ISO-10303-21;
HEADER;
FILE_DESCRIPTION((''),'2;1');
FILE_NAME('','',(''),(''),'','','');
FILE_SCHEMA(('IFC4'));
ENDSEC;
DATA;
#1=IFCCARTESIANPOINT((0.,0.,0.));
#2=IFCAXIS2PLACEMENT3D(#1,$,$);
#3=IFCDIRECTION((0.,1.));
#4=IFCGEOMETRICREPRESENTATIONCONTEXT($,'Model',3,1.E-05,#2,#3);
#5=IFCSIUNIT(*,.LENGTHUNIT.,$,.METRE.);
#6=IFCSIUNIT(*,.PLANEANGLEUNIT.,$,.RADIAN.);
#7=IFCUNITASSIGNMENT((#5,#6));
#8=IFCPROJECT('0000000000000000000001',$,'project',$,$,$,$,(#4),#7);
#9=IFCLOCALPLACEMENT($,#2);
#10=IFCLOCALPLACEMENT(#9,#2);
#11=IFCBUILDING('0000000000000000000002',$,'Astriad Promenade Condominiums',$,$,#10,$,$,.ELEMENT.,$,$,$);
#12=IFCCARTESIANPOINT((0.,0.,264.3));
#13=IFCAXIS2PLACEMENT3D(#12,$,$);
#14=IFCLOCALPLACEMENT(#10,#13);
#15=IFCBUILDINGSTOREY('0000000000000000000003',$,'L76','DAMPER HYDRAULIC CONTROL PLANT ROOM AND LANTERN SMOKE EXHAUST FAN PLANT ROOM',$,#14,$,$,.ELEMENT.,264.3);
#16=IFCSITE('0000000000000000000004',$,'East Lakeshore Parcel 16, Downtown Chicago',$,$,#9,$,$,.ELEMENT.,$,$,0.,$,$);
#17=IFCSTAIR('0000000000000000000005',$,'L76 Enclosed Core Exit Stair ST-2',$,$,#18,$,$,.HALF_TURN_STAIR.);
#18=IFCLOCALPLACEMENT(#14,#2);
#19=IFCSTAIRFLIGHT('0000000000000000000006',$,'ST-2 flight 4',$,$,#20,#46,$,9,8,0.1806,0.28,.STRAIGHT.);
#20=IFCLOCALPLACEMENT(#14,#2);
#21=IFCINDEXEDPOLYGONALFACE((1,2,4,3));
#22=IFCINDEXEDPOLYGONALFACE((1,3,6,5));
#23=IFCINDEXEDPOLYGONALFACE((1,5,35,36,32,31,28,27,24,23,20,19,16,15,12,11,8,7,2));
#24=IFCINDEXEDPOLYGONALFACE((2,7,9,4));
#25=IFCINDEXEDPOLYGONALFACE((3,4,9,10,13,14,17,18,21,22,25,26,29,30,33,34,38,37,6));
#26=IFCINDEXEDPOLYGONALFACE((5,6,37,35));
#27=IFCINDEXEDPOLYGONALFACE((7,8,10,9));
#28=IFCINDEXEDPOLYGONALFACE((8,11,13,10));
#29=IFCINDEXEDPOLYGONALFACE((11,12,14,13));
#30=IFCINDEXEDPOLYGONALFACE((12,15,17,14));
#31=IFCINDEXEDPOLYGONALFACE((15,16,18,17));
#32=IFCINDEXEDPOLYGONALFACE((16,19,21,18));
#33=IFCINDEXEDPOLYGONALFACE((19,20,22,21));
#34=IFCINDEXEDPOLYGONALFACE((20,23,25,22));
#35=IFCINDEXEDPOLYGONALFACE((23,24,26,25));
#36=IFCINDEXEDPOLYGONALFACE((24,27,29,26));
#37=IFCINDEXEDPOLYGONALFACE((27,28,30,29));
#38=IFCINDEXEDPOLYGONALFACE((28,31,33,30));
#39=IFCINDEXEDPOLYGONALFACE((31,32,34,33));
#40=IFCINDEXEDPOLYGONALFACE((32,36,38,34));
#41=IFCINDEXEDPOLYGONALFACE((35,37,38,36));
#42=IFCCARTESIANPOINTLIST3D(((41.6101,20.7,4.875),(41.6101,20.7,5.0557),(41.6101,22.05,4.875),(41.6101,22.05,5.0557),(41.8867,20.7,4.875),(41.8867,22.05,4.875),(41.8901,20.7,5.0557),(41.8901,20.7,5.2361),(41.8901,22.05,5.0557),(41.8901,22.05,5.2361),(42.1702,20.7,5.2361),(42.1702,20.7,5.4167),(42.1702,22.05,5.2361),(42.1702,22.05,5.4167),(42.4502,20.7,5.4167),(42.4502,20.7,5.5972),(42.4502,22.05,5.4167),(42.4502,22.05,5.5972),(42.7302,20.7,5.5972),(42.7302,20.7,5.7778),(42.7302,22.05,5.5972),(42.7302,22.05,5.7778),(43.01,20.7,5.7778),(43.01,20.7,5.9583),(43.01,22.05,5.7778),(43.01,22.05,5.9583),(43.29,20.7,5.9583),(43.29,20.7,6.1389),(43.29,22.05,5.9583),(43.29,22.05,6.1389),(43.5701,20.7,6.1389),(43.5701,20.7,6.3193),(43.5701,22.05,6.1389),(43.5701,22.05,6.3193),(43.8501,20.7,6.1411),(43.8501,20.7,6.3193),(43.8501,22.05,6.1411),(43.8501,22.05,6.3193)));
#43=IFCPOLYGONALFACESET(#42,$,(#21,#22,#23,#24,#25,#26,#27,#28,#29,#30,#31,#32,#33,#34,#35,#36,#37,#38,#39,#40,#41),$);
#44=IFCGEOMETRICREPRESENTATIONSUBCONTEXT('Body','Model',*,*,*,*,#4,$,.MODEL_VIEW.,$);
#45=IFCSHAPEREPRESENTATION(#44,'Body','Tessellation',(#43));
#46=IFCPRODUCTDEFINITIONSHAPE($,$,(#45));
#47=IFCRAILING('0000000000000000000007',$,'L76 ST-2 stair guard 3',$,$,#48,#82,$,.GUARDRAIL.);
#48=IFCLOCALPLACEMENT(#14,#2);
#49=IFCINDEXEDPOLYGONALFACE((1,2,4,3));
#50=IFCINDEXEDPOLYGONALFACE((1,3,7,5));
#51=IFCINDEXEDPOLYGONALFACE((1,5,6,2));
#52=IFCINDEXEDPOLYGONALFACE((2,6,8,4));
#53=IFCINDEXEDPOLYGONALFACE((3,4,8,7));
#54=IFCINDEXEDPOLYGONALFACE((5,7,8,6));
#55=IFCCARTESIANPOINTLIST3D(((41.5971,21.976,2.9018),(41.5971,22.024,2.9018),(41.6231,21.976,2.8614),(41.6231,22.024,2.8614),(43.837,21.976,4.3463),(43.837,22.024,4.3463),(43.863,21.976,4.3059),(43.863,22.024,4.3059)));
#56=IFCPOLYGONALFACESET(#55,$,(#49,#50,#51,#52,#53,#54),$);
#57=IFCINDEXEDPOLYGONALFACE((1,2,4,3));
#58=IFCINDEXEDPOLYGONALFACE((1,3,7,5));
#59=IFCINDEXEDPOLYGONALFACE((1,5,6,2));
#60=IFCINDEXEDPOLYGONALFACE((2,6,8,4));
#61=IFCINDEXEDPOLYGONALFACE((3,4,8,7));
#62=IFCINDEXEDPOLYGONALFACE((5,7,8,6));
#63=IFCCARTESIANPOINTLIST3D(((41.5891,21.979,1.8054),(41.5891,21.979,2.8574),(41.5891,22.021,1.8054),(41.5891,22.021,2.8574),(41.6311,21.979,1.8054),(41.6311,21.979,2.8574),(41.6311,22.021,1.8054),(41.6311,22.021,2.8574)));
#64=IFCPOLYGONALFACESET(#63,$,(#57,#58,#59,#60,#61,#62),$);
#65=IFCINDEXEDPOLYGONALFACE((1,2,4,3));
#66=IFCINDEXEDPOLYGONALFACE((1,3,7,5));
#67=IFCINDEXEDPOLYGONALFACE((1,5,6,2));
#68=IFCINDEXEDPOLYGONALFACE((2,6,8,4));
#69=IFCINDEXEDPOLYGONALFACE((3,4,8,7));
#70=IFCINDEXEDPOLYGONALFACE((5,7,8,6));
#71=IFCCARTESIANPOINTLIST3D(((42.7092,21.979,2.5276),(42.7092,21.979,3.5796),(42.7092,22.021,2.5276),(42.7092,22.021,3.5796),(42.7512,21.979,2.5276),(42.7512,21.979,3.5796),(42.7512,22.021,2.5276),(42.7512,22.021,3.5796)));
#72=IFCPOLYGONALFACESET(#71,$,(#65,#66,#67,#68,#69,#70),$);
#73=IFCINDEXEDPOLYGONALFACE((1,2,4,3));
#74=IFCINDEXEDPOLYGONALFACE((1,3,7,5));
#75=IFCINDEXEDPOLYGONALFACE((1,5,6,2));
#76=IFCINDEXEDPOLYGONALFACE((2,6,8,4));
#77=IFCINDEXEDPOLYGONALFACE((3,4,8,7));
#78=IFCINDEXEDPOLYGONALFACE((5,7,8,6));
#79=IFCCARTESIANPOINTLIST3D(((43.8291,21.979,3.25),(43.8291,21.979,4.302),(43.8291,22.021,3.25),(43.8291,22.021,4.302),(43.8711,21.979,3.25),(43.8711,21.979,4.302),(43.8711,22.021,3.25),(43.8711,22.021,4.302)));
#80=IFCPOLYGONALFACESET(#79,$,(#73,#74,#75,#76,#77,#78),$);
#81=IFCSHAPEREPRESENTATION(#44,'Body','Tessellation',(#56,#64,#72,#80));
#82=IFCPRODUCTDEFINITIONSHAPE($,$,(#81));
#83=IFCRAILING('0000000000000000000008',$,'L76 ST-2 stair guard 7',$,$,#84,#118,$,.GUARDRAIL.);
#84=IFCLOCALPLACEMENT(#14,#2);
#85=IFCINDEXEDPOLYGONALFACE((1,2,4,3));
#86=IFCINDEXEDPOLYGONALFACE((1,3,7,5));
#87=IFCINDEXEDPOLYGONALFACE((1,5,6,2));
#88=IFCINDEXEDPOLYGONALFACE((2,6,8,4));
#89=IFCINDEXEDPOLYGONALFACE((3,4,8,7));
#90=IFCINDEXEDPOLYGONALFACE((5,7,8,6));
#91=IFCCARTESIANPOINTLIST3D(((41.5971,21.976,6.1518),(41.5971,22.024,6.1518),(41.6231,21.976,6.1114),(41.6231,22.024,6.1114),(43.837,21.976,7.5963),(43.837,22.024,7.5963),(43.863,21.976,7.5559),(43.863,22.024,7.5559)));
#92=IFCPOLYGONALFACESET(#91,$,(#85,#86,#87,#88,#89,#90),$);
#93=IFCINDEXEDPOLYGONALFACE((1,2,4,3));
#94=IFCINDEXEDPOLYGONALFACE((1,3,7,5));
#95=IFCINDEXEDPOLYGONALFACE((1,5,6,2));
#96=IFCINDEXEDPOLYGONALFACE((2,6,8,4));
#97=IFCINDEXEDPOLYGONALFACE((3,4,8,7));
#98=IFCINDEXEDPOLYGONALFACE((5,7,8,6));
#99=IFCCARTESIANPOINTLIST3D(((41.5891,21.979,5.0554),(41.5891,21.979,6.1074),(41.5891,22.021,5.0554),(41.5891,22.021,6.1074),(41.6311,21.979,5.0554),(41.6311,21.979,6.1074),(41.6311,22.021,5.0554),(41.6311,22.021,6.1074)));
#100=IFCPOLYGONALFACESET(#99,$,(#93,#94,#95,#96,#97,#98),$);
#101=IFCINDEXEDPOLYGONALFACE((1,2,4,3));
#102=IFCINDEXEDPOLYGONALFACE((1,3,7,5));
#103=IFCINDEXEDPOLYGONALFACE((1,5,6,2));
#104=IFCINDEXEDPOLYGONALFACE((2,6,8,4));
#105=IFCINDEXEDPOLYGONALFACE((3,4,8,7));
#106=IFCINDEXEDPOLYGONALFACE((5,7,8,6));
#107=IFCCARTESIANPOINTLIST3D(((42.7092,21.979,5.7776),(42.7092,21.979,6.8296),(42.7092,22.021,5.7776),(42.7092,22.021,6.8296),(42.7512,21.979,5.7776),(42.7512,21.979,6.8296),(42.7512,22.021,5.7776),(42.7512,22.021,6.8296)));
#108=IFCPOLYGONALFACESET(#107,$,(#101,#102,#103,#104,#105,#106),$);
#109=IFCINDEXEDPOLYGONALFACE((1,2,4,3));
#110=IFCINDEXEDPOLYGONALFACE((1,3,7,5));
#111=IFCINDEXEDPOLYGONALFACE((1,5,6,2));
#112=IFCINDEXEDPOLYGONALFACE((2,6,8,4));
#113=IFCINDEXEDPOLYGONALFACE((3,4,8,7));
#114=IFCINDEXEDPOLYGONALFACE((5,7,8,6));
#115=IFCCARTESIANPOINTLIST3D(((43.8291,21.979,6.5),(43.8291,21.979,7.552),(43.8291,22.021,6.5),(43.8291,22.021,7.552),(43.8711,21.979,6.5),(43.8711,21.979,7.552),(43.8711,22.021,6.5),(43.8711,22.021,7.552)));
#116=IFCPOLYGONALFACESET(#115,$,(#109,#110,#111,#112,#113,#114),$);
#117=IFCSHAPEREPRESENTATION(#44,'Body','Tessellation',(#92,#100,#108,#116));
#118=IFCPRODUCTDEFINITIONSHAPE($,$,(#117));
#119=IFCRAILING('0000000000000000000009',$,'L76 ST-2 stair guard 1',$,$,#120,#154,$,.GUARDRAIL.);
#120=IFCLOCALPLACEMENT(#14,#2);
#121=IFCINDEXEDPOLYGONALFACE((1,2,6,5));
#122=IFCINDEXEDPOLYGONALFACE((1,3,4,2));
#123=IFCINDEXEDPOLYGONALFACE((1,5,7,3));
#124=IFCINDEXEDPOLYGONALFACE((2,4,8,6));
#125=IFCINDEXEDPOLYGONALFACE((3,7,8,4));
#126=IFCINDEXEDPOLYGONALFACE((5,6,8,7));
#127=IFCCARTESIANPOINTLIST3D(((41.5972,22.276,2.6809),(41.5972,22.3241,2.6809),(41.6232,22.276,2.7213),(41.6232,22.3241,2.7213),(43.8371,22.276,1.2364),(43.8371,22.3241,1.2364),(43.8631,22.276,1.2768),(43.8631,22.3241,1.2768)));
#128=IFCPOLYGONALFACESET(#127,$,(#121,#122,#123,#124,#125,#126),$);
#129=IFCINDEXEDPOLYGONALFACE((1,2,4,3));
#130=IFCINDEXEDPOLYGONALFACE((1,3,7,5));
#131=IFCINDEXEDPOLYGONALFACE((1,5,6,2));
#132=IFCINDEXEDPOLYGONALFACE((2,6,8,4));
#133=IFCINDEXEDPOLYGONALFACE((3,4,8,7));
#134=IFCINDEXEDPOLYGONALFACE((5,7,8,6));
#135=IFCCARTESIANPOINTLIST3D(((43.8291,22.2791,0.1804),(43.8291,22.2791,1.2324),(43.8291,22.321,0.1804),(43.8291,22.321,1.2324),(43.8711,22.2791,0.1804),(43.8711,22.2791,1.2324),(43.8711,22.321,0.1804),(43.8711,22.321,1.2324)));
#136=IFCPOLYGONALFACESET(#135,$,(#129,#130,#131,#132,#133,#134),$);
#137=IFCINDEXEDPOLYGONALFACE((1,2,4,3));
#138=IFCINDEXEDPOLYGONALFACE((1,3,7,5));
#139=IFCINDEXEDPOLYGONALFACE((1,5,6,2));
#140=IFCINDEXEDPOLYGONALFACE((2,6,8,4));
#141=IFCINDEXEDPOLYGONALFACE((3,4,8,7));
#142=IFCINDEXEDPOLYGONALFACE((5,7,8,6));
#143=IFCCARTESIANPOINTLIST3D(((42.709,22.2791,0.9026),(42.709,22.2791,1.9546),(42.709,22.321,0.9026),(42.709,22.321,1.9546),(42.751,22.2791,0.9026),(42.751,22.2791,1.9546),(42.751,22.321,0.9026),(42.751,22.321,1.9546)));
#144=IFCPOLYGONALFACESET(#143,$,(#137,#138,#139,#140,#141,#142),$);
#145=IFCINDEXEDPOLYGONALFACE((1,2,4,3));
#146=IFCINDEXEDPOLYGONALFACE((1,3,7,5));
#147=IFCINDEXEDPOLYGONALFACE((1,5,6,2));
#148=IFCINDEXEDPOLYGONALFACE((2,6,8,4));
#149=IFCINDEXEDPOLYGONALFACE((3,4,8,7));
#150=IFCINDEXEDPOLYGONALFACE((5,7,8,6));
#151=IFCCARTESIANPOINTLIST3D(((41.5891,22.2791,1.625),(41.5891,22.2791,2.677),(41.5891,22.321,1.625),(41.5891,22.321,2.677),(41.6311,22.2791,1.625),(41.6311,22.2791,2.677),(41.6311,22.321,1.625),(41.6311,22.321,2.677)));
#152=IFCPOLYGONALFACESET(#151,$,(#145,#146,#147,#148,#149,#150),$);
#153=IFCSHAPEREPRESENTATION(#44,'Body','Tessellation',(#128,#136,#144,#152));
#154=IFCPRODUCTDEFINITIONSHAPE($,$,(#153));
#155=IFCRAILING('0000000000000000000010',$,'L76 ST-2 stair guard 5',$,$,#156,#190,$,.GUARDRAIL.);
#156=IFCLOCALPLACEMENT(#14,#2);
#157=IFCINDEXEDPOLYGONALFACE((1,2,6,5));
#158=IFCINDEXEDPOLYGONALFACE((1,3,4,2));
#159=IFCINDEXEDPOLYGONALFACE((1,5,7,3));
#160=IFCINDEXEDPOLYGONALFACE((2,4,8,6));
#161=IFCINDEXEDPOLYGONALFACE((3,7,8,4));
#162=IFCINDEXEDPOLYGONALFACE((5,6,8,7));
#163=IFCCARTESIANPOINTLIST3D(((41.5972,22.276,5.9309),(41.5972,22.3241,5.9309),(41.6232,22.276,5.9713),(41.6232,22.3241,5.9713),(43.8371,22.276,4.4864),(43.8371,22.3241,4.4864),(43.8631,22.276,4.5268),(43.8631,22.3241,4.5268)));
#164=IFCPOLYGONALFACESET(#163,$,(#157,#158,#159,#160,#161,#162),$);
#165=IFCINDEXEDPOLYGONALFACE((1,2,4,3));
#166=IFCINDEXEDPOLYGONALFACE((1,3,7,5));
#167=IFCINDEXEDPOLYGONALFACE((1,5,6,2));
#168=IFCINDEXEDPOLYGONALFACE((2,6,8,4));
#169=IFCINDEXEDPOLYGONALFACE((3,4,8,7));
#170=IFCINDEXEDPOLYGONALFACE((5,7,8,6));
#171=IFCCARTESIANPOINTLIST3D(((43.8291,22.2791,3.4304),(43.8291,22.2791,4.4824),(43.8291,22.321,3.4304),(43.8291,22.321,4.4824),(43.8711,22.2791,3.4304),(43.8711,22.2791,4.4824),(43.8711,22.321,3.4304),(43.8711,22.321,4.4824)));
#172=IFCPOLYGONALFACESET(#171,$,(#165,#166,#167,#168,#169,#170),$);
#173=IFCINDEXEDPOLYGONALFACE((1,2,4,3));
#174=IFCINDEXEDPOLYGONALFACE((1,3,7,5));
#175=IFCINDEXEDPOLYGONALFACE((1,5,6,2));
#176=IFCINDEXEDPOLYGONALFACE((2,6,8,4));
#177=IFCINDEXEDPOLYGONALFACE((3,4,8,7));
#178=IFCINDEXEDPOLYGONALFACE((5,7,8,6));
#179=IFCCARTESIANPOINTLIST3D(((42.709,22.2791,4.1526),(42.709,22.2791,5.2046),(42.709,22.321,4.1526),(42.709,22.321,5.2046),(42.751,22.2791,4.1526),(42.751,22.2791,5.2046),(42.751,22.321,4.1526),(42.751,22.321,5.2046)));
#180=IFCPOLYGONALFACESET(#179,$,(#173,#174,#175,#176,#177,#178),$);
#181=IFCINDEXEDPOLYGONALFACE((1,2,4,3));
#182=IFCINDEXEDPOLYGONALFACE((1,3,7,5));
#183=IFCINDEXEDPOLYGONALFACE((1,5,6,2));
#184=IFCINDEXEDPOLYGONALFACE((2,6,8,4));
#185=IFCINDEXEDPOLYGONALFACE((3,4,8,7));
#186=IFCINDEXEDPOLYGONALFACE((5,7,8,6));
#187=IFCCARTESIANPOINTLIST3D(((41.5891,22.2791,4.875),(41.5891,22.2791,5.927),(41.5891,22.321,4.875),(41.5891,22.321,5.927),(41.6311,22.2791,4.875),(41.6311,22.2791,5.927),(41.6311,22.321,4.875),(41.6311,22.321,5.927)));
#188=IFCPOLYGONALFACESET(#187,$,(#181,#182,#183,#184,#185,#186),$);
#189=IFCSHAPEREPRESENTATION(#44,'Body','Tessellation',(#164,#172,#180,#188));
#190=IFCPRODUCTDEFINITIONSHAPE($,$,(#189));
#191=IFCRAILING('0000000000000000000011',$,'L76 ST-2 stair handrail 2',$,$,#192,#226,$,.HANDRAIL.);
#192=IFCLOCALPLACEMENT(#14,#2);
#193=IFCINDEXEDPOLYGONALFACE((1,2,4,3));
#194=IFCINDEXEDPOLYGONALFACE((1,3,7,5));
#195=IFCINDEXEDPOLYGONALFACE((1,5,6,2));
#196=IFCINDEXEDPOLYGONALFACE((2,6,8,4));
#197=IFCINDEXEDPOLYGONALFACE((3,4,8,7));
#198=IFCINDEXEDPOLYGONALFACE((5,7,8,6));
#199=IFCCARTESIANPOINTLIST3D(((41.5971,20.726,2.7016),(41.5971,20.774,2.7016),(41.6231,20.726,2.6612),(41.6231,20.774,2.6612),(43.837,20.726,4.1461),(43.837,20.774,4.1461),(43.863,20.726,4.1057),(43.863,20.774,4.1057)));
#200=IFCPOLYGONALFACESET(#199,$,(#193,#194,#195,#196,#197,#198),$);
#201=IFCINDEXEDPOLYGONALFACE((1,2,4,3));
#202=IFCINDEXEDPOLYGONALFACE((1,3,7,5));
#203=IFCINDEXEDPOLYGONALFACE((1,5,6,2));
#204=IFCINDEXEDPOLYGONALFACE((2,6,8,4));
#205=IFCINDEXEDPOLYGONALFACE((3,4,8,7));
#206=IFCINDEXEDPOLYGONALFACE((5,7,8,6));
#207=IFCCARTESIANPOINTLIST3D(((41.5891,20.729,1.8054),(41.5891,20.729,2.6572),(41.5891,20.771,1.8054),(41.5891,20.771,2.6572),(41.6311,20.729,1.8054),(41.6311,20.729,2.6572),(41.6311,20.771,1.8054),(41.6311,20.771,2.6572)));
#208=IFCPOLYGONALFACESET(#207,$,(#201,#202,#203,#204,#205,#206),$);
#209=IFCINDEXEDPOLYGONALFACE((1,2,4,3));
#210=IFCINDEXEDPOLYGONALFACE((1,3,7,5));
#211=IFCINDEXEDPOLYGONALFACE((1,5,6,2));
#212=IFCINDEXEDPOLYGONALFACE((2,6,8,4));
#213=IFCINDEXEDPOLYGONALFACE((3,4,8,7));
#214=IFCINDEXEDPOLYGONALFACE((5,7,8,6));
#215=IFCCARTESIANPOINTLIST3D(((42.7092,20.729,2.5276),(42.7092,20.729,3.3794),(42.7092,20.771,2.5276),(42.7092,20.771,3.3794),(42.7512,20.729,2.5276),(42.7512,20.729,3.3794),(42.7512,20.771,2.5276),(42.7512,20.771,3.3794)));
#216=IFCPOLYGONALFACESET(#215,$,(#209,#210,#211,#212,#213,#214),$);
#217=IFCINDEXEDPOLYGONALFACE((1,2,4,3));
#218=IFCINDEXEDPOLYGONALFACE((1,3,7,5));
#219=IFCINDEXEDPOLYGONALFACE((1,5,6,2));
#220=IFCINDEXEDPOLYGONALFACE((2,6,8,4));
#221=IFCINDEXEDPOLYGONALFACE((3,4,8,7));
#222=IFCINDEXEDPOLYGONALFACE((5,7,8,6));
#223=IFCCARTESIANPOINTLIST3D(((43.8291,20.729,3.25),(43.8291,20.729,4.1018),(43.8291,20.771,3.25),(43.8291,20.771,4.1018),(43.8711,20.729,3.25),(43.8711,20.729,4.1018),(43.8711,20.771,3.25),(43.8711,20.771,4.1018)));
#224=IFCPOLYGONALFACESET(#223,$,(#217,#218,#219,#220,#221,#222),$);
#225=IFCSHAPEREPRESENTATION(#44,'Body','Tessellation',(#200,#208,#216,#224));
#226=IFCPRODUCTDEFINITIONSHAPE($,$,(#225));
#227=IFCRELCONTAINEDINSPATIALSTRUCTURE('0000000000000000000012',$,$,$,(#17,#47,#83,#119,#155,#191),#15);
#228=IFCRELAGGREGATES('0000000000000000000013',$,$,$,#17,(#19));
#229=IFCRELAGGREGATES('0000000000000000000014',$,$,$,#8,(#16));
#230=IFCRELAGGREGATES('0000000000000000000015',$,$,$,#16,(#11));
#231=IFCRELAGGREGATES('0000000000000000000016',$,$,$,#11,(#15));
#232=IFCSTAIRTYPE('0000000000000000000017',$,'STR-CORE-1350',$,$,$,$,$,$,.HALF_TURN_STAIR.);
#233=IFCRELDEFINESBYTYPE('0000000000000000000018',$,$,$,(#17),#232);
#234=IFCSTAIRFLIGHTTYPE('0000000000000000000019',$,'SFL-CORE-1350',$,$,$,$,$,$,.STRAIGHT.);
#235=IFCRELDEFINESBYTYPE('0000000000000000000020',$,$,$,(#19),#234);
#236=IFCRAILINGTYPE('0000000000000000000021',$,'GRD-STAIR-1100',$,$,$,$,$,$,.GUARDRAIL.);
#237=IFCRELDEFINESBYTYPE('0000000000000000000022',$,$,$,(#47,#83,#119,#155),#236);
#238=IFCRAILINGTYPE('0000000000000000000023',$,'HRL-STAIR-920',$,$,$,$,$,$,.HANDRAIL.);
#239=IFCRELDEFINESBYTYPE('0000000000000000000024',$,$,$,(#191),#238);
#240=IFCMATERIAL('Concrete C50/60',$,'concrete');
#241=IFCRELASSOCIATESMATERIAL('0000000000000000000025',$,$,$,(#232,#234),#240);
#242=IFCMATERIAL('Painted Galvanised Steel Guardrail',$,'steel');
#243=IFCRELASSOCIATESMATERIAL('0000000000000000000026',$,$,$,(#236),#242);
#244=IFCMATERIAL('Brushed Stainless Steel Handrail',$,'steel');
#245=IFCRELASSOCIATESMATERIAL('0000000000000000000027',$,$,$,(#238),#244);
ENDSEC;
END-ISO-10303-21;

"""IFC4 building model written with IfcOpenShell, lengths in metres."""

from ifc_helpers import new_model, si_unit, direction, frame, origin, origin_2d, place, context, subcontext, project, spatial, polyline, rectangle, outline, extrude, source, transform, mapped, material, type_object, type_shapes, element, aggregate, save


model = new_model("IFC4")

# Units and contexts
model_context = context("Model", 3, precision=1e-05, world=origin(), true_north=direction((0.0, 1.0)))
body_context = subcontext(model_context, "Body", "Model", "MODEL_VIEW")
ifc_project = project(units=[si_unit("LENGTHUNIT", "METRE"), si_unit("PLANEANGLEUNIT", "RADIAN")], contexts=[model_context])

# Site, building, storey
site_placement = place(None, origin())
site = spatial("IfcSite", under=ifc_project, at=site_placement, Name="East Lakeshore Parcel 16, Downtown Chicago", CompositionType="ELEMENT", RefElevation=0.0)
building_placement = place(site_placement, origin())
building = spatial("IfcBuilding", under=site, at=building_placement, Name="Astriad Promenade Condominiums", CompositionType="ELEMENT")
storey_placement = place(building_placement, frame((0.0, 0.0, 264.3)))
storey = spatial("IfcBuildingStorey", under=building, at=storey_placement, Name="L76", Description="DAMPER HYDRAULIC CONTROL PLANT ROOM AND LANTERN SMOKE EXHAUST FAN PLANT ROOM", CompositionType="ELEMENT", Elevation=264.3)

# Stair, stair flight
ifc_material_1 = material(Name="Concrete C50/60", Category="concrete")
stair_type = type_object("IfcStairType", Name="STR-CORE-1350", PredefinedType="HALF_TURN_STAIR", material=ifc_material_1)
stair_placement = place(storey_placement, origin())
stair = element("IfcStair", 1, at=stair_placement, inside=storey, type_object=stair_type, Name="L76 Enclosed Core Exit Stair ST-2", PredefinedType="HALF_TURN_STAIR")
stair_flight_type = type_object("IfcStairFlightType", Name="SFL-CORE-1350", PredefinedType="STRAIGHT", material=ifc_material_1)
shared_shape_1 = source(origin(), body_context, "Body", "SweptSolid", [
    extrude(outline(polyline([(0.0, 0.0), (0.0, 0.1807), (0.28, 0.1807), (0.28, 0.3611), (0.5601, 0.3611), (0.5601, 0.5417), (0.8401, 0.5417), (0.8401, 0.7222), (1.1201, 0.7222), (1.1201, 0.9028), (1.3999, 0.9028), (1.3999, 1.0833), (1.6799, 1.0833), (1.6799, 1.2639), (1.96, 1.2639), (1.96, 1.4443), (2.24, 1.4443), (2.24, 1.625), (2.24, 1.2661), (0.2766, 0.0), (0.0, 0.0)])), frame((0.0, 0.675, 0.0), z_axis=(0.0, -1.0, 0.0), x_axis=(1.0, 0.0, 0.0)), (0.0, 0.0, 1.0), 1.3501),
])
type_shapes(stair_flight_type, [shared_shape_1])
stair_flight_1_placement = place(storey_placement, frame((41.6101, 21.375, 4.875), z_axis=(0.0, 0.0, 1.0), x_axis=(1.0, 0.0, 0.0)))
stair_flight_1 = element("IfcStairFlight", 2, at=stair_flight_1_placement, type_object=stair_flight_type, Name="ST-2 flight 4", NumberOfRisers=9, NumberOfTreads=8, PredefinedType="STRAIGHT", RiserHeight=0.1806, TreadLength=0.28, context=body_context, shape_type="MappedRepresentation", body=[
    mapped(shared_shape_1, transform((0.0, 0.0, 0.0), scale=1.0)),
])
aggregate(stair, [stair_flight_1])

# Railings
ifc_material_2 = material(Name="Painted Galvanised Steel Guardrail", Category="steel")
railing_type_1 = type_object("IfcRailingType", Name="GRD-STAIR-1100", PredefinedType="GUARDRAIL", material=ifc_material_2)
shared_shape_2 = source(origin(), body_context, "Body", "SweptSolid", [
    extrude(rectangle(XDim=0.0481, YDim=0.0481, at=origin_2d()), frame((0.0, 0.0, 1.0762), z_axis=(0.840395, 0.0, 0.541975), x_axis=(0.0, 1.0, 0.0)), (0.0, 0.0, 1.0), 2.6653),
    extrude(rectangle(XDim=0.042, YDim=0.042, at=origin_2d()), origin(), (0.0, 0.0, 1.0), 1.052),
    extrude(rectangle(XDim=0.042, YDim=0.042, at=origin_2d()), frame((1.1201, 0.0, 0.7222)), (0.0, 0.0, 1.0), 1.052),
    extrude(rectangle(XDim=0.042, YDim=0.042, at=origin_2d()), frame((2.24, 0.0, 1.4446)), (0.0, 0.0, 1.0), 1.052),
])
for number, where, name in (
    (3, (41.6101, 22.0, 1.8054), "L76 ST-2 stair guard 3"),
    (4, (41.6101, 22.0, 5.0554), "L76 ST-2 stair guard 7"),
):
    element("IfcRailing", number, at=place(storey_placement, frame(where)), inside=storey, type_object=railing_type_1, Name=name, PredefinedType="GUARDRAIL", context=body_context, shape_type="MappedRepresentation", body=[
        mapped(shared_shape_2, transform((0.0, 0.0, 0.0), scale=1.0)),
    ])
shared_shape_3 = source(origin(), body_context, "Body", "SweptSolid", [
    extrude(rectangle(XDim=0.0481, YDim=0.0481, at=origin_2d()), frame((0.0, 0.0, 1.0762), z_axis=(-0.840395, 0.0, 0.541975), x_axis=(0.0, -1.0, 0.0)), (0.0, 0.0, 1.0), 2.6653),
    extrude(rectangle(XDim=0.042, YDim=0.042, at=origin_2d()), origin(), (0.0, 0.0, 1.0), 1.052),
    extrude(rectangle(XDim=0.042, YDim=0.042, at=origin_2d()), frame((-1.1201, 0.0, 0.7222)), (0.0, 0.0, 1.0), 1.052),
    extrude(rectangle(XDim=0.042, YDim=0.042, at=origin_2d()), frame((-2.24, 0.0, 1.4446)), (0.0, 0.0, 1.0), 1.052),
])
for number, where, name in (
    (5, (43.8501, 22.3, 0.1804), "L76 ST-2 stair guard 1"),
    (6, (43.8501, 22.3, 3.4304), "L76 ST-2 stair guard 5"),
):
    element("IfcRailing", number, at=place(storey_placement, frame(where)), inside=storey, type_object=railing_type_1, Name=name, PredefinedType="GUARDRAIL", context=body_context, shape_type="MappedRepresentation", body=[
        mapped(shared_shape_3, transform((0.0, 0.0, 0.0), scale=1.0)),
    ])
ifc_material_3 = material(Name="Brushed Stainless Steel Handrail", Category="steel")
railing_type_2 = type_object("IfcRailingType", Name="HRL-STAIR-920", PredefinedType="HANDRAIL", material=ifc_material_3)
shared_shape_4 = source(origin(), body_context, "Body", "SweptSolid", [
    extrude(rectangle(XDim=0.0481, YDim=0.0481, at=origin_2d()), frame((0.0, 0.0, 0.876), z_axis=(0.840395, 0.0, 0.541975), x_axis=(0.0, 1.0, 0.0)), (0.0, 0.0, 1.0), 2.6653),
    extrude(rectangle(XDim=0.042, YDim=0.042, at=origin_2d()), origin(), (0.0, 0.0, 1.0), 0.8518),
    extrude(rectangle(XDim=0.042, YDim=0.042, at=origin_2d()), frame((1.1201, 0.0, 0.7222)), (0.0, 0.0, 1.0), 0.8518),
    extrude(rectangle(XDim=0.042, YDim=0.042, at=origin_2d()), frame((2.24, 0.0, 1.4446)), (0.0, 0.0, 1.0), 0.8518),
])
for number, where, name in (
    (7, (41.6101, 20.75, 1.8054), "L76 ST-2 stair handrail 2"),
):
    element("IfcRailing", number, at=place(storey_placement, frame(where)), inside=storey, type_object=railing_type_2, Name=name, PredefinedType="HANDRAIL", context=body_context, shape_type="MappedRepresentation", body=[
        mapped(shared_shape_4, transform((0.0, 0.0, 0.0), scale=1.0)),
    ])

save(model, "model.ifc")
